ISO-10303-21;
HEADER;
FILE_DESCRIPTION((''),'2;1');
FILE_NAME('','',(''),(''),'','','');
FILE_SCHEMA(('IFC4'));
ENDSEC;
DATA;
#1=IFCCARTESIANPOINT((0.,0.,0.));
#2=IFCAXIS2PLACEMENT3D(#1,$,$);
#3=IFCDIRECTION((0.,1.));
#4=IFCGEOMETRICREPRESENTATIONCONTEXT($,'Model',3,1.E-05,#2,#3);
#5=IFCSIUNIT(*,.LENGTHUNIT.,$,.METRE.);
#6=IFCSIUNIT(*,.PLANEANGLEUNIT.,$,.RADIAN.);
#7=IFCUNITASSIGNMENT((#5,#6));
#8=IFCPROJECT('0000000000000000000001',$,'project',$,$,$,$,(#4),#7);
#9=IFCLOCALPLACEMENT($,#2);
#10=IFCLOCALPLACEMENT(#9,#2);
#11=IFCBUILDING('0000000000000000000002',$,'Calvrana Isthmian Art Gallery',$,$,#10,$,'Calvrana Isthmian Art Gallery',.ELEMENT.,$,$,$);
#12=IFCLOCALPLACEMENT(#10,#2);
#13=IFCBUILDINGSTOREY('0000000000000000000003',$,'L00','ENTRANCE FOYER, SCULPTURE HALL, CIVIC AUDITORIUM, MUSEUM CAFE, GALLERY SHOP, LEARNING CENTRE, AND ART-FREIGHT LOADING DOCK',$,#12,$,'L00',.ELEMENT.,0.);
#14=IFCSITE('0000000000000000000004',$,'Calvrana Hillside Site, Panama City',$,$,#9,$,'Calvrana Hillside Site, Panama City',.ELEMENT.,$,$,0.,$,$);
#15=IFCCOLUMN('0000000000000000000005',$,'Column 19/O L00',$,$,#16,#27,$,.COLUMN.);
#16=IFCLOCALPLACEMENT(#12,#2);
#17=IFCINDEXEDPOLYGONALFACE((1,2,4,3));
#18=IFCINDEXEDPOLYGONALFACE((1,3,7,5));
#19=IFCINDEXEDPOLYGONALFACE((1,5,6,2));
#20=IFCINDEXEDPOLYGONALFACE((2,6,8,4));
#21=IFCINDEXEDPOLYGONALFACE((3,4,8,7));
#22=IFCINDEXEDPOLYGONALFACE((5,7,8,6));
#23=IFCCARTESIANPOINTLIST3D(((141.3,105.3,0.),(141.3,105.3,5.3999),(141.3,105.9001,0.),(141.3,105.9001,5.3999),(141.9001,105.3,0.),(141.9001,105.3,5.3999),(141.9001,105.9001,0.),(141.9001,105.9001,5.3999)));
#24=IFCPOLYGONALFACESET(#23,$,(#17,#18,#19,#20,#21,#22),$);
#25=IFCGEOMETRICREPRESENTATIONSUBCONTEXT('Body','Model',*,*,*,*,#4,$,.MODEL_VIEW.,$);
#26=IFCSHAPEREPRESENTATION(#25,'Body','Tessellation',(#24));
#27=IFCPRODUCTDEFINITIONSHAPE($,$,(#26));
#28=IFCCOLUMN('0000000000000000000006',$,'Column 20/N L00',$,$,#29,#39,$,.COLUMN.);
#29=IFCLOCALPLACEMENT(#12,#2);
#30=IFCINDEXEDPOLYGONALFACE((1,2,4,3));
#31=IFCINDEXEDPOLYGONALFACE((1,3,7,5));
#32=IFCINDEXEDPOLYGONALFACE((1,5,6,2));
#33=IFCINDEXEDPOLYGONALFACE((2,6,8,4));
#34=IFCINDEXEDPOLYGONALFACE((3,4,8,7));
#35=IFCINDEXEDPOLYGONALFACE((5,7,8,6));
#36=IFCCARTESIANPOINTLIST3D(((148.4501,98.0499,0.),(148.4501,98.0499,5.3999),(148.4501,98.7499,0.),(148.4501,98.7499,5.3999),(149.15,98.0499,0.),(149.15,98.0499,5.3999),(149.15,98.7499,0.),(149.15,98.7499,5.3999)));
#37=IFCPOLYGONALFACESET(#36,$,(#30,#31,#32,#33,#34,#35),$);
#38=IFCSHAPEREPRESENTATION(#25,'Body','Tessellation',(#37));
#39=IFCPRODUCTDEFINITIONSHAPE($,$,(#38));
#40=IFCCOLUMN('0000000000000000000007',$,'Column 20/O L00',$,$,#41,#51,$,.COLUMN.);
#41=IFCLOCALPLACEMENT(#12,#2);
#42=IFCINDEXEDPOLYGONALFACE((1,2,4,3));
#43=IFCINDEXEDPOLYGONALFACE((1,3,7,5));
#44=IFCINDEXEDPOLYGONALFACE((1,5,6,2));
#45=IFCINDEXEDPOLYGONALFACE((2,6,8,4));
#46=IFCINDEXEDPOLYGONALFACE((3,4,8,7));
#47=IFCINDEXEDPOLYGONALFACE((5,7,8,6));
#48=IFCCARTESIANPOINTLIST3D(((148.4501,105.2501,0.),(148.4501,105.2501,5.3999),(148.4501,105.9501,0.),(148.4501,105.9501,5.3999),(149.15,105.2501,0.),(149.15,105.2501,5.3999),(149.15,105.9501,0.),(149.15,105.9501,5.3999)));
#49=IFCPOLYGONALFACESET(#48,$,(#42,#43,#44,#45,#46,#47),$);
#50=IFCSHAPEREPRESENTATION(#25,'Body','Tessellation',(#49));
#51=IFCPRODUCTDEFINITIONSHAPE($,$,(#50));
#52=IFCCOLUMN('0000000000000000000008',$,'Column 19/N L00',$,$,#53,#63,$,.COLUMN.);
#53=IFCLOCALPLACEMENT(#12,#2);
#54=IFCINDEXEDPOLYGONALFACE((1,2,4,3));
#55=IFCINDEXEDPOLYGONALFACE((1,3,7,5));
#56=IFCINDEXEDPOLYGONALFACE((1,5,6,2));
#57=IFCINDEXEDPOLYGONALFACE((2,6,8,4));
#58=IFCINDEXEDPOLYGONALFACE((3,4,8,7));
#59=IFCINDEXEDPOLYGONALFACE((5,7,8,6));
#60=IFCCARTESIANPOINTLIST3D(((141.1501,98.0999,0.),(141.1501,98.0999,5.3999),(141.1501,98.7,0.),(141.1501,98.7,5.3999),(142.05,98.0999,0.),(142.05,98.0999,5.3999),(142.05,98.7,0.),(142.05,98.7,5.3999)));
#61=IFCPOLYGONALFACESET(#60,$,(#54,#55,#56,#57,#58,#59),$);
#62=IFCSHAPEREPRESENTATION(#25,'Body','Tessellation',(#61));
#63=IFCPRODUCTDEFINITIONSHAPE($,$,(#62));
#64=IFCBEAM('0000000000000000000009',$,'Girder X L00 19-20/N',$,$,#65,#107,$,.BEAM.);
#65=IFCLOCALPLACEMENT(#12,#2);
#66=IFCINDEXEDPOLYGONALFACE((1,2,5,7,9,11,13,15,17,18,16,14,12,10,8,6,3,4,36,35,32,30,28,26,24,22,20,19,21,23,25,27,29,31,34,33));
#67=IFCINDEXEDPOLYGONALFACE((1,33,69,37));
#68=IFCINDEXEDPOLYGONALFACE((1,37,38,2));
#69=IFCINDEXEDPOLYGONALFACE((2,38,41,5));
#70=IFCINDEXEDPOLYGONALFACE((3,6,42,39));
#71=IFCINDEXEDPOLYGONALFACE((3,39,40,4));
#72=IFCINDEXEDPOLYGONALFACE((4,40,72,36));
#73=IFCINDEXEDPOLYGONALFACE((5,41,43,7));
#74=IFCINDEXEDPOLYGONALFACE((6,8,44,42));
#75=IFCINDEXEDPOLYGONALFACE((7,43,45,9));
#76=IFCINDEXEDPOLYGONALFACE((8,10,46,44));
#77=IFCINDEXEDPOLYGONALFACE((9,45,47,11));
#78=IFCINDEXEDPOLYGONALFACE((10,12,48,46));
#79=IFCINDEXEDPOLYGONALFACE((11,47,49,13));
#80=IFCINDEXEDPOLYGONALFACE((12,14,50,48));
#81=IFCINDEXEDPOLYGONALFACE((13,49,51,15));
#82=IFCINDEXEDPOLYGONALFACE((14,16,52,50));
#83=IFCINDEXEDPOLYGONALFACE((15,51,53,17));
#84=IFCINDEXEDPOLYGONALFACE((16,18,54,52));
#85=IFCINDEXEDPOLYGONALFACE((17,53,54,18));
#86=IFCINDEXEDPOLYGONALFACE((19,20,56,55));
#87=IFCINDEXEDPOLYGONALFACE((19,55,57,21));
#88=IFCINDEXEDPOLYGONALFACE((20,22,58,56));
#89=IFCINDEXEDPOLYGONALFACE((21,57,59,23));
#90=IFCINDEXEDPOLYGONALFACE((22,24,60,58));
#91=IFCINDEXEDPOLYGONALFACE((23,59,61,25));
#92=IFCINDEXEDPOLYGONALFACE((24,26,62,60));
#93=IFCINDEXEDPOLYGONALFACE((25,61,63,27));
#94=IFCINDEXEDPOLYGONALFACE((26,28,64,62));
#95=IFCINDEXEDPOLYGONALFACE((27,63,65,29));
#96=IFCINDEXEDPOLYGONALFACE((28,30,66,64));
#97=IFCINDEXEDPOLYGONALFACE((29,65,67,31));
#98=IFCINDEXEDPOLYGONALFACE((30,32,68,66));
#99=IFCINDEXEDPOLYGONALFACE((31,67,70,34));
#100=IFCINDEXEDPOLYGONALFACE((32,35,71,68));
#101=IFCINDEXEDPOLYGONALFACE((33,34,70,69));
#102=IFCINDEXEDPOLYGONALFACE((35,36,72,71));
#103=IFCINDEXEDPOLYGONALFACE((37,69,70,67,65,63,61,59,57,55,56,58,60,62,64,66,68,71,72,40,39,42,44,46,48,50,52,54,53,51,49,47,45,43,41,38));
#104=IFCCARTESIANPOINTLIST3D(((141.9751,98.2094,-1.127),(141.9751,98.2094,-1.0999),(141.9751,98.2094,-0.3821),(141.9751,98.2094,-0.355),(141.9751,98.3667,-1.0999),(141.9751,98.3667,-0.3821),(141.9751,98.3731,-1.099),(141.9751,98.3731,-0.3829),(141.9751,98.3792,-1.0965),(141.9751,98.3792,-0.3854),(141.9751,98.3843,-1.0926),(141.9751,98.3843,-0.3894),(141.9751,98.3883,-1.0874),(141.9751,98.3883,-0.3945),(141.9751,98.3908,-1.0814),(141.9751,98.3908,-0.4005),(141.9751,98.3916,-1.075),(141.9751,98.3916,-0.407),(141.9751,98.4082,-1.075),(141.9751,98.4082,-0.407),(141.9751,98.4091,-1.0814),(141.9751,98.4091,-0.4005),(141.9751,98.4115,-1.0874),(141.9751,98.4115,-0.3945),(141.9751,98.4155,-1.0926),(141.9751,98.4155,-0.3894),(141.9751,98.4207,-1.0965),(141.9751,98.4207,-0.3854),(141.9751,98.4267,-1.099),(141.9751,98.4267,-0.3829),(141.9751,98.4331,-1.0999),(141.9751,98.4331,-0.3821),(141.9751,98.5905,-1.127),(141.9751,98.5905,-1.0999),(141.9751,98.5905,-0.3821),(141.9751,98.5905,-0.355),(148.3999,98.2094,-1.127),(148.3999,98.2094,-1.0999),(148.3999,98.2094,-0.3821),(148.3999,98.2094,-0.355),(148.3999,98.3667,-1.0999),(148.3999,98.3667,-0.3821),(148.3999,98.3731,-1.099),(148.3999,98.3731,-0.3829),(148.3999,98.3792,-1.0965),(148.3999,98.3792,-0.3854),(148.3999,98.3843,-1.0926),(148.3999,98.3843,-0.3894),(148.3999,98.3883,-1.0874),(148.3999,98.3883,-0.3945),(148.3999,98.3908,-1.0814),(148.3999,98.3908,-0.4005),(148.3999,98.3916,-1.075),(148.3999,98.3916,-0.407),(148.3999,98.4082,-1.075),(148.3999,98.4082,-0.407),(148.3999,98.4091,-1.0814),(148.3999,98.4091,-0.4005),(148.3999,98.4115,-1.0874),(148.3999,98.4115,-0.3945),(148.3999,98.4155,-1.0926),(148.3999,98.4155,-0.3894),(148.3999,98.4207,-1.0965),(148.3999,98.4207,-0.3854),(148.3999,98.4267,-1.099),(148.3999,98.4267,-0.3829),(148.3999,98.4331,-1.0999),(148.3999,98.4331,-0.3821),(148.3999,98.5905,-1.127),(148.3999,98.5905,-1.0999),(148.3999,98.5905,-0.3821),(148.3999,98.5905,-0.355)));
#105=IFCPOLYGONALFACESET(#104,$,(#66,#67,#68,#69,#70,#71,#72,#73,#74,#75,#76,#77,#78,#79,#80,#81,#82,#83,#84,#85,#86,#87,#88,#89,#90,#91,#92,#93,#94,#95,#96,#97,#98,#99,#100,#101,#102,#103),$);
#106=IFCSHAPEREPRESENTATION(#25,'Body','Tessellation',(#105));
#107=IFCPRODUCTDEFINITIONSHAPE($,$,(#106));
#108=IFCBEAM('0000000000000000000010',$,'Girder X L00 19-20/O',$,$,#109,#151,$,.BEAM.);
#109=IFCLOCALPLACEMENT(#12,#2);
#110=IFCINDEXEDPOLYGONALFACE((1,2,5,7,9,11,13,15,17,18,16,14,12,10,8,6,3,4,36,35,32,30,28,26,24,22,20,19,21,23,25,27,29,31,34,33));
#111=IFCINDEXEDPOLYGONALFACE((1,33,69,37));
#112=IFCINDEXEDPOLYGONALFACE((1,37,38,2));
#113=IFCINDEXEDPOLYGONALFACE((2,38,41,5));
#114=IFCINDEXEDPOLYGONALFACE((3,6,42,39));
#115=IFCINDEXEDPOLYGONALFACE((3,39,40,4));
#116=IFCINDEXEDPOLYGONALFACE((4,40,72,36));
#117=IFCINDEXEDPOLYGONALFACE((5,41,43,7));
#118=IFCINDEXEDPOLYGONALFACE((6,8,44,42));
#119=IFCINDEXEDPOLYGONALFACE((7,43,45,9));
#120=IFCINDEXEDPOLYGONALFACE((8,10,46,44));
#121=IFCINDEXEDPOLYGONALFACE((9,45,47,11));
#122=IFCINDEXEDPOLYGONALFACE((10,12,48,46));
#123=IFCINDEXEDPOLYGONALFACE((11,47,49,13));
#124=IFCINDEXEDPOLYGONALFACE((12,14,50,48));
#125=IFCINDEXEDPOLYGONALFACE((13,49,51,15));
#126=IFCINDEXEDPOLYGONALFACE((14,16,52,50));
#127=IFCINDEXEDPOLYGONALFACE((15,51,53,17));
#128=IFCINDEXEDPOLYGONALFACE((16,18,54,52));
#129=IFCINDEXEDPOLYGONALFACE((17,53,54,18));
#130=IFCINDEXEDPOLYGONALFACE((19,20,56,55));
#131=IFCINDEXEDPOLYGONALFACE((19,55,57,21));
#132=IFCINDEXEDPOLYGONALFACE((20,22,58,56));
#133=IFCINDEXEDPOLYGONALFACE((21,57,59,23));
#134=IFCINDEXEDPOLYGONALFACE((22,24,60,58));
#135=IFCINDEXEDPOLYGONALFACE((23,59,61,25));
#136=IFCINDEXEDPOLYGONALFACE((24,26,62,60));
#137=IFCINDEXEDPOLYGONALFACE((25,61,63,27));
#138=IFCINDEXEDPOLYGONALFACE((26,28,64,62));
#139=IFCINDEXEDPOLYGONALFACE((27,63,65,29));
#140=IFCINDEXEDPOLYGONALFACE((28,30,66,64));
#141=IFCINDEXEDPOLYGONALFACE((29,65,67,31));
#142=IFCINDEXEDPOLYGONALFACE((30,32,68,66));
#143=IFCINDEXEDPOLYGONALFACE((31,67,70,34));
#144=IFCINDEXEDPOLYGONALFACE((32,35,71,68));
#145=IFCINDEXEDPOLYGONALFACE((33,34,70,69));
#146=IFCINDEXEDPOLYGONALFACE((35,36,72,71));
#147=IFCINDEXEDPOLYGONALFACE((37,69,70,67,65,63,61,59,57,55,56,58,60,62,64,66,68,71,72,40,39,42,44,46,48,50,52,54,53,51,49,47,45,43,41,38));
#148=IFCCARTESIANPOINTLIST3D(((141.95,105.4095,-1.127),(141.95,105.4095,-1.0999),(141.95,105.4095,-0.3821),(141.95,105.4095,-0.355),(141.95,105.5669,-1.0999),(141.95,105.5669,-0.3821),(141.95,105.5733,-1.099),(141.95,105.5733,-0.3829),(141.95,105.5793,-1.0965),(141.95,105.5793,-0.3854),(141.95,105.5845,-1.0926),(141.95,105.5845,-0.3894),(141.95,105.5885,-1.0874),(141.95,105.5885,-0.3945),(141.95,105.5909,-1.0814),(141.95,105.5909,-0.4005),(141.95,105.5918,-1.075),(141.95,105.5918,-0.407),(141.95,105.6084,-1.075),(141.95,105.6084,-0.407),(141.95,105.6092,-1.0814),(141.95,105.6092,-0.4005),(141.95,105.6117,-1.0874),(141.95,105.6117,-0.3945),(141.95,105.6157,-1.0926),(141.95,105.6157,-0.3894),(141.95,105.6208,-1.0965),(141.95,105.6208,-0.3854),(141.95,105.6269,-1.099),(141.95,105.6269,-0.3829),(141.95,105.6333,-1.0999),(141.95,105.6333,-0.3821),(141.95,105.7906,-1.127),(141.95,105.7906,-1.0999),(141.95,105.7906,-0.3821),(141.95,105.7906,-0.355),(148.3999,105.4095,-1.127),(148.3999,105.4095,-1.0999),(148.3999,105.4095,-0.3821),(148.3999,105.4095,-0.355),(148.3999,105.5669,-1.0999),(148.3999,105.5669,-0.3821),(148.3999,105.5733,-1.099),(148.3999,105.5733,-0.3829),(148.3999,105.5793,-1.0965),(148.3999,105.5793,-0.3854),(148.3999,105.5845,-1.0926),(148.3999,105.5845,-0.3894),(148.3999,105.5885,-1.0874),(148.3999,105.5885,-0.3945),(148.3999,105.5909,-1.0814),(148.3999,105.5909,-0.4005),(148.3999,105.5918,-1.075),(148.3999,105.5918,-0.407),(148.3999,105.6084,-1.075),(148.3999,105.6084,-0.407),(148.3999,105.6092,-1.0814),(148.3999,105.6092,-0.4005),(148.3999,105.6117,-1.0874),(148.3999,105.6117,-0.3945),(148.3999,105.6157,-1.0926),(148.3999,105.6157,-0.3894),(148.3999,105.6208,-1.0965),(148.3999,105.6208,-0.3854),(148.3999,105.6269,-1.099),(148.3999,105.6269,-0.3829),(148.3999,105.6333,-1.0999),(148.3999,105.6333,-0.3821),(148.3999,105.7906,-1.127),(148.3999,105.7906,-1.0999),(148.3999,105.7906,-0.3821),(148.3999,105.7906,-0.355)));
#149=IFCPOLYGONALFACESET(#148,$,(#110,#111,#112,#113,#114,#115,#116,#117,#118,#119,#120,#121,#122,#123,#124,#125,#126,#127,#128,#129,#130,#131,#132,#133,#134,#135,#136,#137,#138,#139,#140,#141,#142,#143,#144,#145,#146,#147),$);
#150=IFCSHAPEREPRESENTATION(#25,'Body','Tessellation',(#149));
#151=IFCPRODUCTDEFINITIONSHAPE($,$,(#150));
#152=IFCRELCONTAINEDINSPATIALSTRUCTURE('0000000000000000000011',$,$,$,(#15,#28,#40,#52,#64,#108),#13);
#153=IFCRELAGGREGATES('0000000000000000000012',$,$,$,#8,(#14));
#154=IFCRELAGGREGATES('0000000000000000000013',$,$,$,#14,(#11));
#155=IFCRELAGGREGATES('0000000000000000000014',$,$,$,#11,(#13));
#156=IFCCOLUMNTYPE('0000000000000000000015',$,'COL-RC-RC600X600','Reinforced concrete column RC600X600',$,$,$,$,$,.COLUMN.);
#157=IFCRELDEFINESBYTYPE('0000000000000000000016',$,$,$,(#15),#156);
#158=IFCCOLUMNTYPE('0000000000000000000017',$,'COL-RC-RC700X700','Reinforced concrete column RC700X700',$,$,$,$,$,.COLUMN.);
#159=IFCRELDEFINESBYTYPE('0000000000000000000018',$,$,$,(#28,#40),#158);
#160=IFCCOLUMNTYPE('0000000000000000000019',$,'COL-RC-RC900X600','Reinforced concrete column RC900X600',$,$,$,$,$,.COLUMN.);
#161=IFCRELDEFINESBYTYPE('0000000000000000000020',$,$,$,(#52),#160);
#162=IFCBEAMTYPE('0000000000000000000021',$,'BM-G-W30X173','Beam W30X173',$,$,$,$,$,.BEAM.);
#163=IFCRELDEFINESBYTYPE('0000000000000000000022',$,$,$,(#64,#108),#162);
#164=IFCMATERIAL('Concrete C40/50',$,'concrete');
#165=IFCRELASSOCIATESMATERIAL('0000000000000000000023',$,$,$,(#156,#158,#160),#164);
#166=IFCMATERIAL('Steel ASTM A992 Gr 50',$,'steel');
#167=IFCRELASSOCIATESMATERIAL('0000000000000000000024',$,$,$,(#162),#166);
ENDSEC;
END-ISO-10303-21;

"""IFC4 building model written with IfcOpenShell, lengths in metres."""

from ifc_helpers import new_model, si_unit, direction, frame, origin, origin_2d, place, context, subcontext, project, spatial, rectangle, i_section, extrude, material, material_profile, profile_set, type_object, element, save


model = new_model("IFC4")

# Units and contexts
model_context = context("Model", 3, precision=1e-05, world=origin(), true_north=direction((0.0, 1.0)))
body_context = subcontext(model_context, "Body", "Model", "MODEL_VIEW")
ifc_project = project(units=[si_unit("LENGTHUNIT", "METRE"), si_unit("PLANEANGLEUNIT", "RADIAN")], contexts=[model_context])

# Site, building, storey
site_placement = place(None, origin())
site = spatial("IfcSite", under=ifc_project, at=site_placement, Name="Calvrana Hillside Site, Panama City", LongName="Calvrana Hillside Site, Panama City", CompositionType="ELEMENT", RefElevation=0.0)
building_placement = place(site_placement, origin())
building = spatial("IfcBuilding", under=site, at=building_placement, Name="Calvrana Isthmian Art Gallery", LongName="Calvrana Isthmian Art Gallery", CompositionType="ELEMENT")
storey_placement = place(building_placement, origin())
storey = spatial("IfcBuildingStorey", under=building, at=storey_placement, Name="L00", Description="ENTRANCE FOYER, SCULPTURE HALL, CIVIC AUDITORIUM, MUSEUM CAFE, GALLERY SHOP, LEARNING CENTRE, AND ART-FREIGHT LOADING DOCK", LongName="L00", CompositionType="ELEMENT", Elevation=0.0)

# Columns
ifc_material_1 = material(Name="Concrete C40/50", Category="concrete")
ifc_material_profile_1 = material_profile(ifc_material_1, rectangle(XDim=0.6001, YDim=0.6001, at=origin_2d()), Name="RC600X600")
ifc_profile_set_1 = profile_set([ifc_material_profile_1], Name="Concrete C40/50")
column_type_1 = type_object("IfcColumnType", Name="COL-RC-RC600X600", Description="Reinforced concrete column RC600X600", PredefinedType="COLUMN", material=ifc_profile_set_1)
column_1_placement = place(storey_placement, frame((141.6001, 105.6001, 0.0), z_axis=(0.0, 0.0, 1.0), x_axis=(1.0, 0.0, 0.0)))
element("IfcColumn", 1, at=column_1_placement, inside=storey, type_object=column_type_1, Name="Column 19/O L00", PredefinedType="COLUMN", context=body_context, shape_type="SweptSolid", body=[
    extrude(rectangle(XDim=0.6001, YDim=0.6001, at=origin_2d()), origin(), (0.0, 0.0, 1.0), 5.3999),
])
ifc_material_profile_2 = material_profile(ifc_material_1, rectangle(XDim=0.7, YDim=0.7, at=origin_2d()), Name="RC700X700")
ifc_profile_set_2 = profile_set([ifc_material_profile_2], Name="Concrete C40/50")
column_type_2 = type_object("IfcColumnType", Name="COL-RC-RC700X700", Description="Reinforced concrete column RC700X700", PredefinedType="COLUMN", material=ifc_profile_set_2)
for number, where, z_axis, x_axis, name in (
    (2, (148.8, 98.3999, 0.0), (0.0, 0.0, 1.0), (1.0, 0.0, 0.0), "Column 20/N L00"),
    (3, (148.8, 105.6001, 0.0), (0.0, 0.0, 1.0), (1.0, 0.0, 0.0), "Column 20/O L00"),
):
    element("IfcColumn", number, at=place(storey_placement, frame(where, z_axis=z_axis, x_axis=x_axis)), inside=storey, type_object=column_type_2, Name=name, PredefinedType="COLUMN", context=body_context, shape_type="SweptSolid", body=[
        extrude(rectangle(XDim=0.7, YDim=0.7, at=origin_2d()), origin(), (0.0, 0.0, 1.0), 5.3999),
    ])
ifc_material_profile_3 = material_profile(ifc_material_1, rectangle(XDim=0.8999, YDim=0.6001, at=origin_2d()), Name="RC900X600")
ifc_profile_set_3 = profile_set([ifc_material_profile_3], Name="Concrete C40/50")
column_type_3 = type_object("IfcColumnType", Name="COL-RC-RC900X600", Description="Reinforced concrete column RC900X600", PredefinedType="COLUMN", material=ifc_profile_set_3)
column_2_placement = place(storey_placement, frame((141.6001, 98.3999, 0.0), z_axis=(0.0, 0.0, 1.0), x_axis=(1.0, 0.0, 0.0)))
element("IfcColumn", 4, at=column_2_placement, inside=storey, type_object=column_type_3, Name="Column 19/N L00", PredefinedType="COLUMN", context=body_context, shape_type="SweptSolid", body=[
    extrude(rectangle(XDim=0.8999, YDim=0.6001, at=origin_2d()), origin(), (0.0, 0.0, 1.0), 5.3999),
])

# Beams
ifc_material_2 = material(Name="Steel ASTM A992 Gr 50", Category="steel")
ifc_material_profile_4 = material_profile(ifc_material_2, i_section(OverallWidth=0.3811, OverallDepth=0.772, WebThickness=0.0166, FlangeThickness=0.0271, FilletRadius=0.0249, at=origin_2d()), Name="W30X173")
ifc_profile_set_4 = profile_set([ifc_material_profile_4], Name="Steel ASTM A992 Gr 50")
beam_type_1 = type_object("IfcBeamType", Name="BM-G-W30X173", Description="Beam W30X173", PredefinedType="BEAM", material=ifc_profile_set_4)
beam_1_placement = place(storey_placement, frame((141.9751, 98.3999, -0.741), z_axis=(1.0, 0.0, 0.0), x_axis=(0.0, 1.0, 0.0)))
element("IfcBeam", 5, at=beam_1_placement, inside=storey, type_object=beam_type_1, Name="Girder X L00 19-20/N", PredefinedType="BEAM", context=body_context, shape_type="SweptSolid", body=[
    extrude(i_section(OverallWidth=0.3811, OverallDepth=0.772, WebThickness=0.0166, FlangeThickness=0.0271, FilletRadius=0.0249, at=origin_2d()), origin(), (0.0, 0.0, 1.0), 6.4248),
])
beam_2_placement = place(storey_placement, frame((141.95, 105.6001, -0.741), z_axis=(1.0, 0.0, 0.0), x_axis=(0.0, 1.0, 0.0)))
element("IfcBeam", 6, at=beam_2_placement, inside=storey, type_object=beam_type_1, Name="Girder X L00 19-20/O", PredefinedType="BEAM", context=body_context, shape_type="SweptSolid", body=[
    extrude(i_section(OverallWidth=0.3811, OverallDepth=0.772, WebThickness=0.0166, FlangeThickness=0.0271, FilletRadius=0.0249, at=origin_2d()), origin(), (0.0, 0.0, 1.0), 6.45),
])

save(model, "model.ifc")
